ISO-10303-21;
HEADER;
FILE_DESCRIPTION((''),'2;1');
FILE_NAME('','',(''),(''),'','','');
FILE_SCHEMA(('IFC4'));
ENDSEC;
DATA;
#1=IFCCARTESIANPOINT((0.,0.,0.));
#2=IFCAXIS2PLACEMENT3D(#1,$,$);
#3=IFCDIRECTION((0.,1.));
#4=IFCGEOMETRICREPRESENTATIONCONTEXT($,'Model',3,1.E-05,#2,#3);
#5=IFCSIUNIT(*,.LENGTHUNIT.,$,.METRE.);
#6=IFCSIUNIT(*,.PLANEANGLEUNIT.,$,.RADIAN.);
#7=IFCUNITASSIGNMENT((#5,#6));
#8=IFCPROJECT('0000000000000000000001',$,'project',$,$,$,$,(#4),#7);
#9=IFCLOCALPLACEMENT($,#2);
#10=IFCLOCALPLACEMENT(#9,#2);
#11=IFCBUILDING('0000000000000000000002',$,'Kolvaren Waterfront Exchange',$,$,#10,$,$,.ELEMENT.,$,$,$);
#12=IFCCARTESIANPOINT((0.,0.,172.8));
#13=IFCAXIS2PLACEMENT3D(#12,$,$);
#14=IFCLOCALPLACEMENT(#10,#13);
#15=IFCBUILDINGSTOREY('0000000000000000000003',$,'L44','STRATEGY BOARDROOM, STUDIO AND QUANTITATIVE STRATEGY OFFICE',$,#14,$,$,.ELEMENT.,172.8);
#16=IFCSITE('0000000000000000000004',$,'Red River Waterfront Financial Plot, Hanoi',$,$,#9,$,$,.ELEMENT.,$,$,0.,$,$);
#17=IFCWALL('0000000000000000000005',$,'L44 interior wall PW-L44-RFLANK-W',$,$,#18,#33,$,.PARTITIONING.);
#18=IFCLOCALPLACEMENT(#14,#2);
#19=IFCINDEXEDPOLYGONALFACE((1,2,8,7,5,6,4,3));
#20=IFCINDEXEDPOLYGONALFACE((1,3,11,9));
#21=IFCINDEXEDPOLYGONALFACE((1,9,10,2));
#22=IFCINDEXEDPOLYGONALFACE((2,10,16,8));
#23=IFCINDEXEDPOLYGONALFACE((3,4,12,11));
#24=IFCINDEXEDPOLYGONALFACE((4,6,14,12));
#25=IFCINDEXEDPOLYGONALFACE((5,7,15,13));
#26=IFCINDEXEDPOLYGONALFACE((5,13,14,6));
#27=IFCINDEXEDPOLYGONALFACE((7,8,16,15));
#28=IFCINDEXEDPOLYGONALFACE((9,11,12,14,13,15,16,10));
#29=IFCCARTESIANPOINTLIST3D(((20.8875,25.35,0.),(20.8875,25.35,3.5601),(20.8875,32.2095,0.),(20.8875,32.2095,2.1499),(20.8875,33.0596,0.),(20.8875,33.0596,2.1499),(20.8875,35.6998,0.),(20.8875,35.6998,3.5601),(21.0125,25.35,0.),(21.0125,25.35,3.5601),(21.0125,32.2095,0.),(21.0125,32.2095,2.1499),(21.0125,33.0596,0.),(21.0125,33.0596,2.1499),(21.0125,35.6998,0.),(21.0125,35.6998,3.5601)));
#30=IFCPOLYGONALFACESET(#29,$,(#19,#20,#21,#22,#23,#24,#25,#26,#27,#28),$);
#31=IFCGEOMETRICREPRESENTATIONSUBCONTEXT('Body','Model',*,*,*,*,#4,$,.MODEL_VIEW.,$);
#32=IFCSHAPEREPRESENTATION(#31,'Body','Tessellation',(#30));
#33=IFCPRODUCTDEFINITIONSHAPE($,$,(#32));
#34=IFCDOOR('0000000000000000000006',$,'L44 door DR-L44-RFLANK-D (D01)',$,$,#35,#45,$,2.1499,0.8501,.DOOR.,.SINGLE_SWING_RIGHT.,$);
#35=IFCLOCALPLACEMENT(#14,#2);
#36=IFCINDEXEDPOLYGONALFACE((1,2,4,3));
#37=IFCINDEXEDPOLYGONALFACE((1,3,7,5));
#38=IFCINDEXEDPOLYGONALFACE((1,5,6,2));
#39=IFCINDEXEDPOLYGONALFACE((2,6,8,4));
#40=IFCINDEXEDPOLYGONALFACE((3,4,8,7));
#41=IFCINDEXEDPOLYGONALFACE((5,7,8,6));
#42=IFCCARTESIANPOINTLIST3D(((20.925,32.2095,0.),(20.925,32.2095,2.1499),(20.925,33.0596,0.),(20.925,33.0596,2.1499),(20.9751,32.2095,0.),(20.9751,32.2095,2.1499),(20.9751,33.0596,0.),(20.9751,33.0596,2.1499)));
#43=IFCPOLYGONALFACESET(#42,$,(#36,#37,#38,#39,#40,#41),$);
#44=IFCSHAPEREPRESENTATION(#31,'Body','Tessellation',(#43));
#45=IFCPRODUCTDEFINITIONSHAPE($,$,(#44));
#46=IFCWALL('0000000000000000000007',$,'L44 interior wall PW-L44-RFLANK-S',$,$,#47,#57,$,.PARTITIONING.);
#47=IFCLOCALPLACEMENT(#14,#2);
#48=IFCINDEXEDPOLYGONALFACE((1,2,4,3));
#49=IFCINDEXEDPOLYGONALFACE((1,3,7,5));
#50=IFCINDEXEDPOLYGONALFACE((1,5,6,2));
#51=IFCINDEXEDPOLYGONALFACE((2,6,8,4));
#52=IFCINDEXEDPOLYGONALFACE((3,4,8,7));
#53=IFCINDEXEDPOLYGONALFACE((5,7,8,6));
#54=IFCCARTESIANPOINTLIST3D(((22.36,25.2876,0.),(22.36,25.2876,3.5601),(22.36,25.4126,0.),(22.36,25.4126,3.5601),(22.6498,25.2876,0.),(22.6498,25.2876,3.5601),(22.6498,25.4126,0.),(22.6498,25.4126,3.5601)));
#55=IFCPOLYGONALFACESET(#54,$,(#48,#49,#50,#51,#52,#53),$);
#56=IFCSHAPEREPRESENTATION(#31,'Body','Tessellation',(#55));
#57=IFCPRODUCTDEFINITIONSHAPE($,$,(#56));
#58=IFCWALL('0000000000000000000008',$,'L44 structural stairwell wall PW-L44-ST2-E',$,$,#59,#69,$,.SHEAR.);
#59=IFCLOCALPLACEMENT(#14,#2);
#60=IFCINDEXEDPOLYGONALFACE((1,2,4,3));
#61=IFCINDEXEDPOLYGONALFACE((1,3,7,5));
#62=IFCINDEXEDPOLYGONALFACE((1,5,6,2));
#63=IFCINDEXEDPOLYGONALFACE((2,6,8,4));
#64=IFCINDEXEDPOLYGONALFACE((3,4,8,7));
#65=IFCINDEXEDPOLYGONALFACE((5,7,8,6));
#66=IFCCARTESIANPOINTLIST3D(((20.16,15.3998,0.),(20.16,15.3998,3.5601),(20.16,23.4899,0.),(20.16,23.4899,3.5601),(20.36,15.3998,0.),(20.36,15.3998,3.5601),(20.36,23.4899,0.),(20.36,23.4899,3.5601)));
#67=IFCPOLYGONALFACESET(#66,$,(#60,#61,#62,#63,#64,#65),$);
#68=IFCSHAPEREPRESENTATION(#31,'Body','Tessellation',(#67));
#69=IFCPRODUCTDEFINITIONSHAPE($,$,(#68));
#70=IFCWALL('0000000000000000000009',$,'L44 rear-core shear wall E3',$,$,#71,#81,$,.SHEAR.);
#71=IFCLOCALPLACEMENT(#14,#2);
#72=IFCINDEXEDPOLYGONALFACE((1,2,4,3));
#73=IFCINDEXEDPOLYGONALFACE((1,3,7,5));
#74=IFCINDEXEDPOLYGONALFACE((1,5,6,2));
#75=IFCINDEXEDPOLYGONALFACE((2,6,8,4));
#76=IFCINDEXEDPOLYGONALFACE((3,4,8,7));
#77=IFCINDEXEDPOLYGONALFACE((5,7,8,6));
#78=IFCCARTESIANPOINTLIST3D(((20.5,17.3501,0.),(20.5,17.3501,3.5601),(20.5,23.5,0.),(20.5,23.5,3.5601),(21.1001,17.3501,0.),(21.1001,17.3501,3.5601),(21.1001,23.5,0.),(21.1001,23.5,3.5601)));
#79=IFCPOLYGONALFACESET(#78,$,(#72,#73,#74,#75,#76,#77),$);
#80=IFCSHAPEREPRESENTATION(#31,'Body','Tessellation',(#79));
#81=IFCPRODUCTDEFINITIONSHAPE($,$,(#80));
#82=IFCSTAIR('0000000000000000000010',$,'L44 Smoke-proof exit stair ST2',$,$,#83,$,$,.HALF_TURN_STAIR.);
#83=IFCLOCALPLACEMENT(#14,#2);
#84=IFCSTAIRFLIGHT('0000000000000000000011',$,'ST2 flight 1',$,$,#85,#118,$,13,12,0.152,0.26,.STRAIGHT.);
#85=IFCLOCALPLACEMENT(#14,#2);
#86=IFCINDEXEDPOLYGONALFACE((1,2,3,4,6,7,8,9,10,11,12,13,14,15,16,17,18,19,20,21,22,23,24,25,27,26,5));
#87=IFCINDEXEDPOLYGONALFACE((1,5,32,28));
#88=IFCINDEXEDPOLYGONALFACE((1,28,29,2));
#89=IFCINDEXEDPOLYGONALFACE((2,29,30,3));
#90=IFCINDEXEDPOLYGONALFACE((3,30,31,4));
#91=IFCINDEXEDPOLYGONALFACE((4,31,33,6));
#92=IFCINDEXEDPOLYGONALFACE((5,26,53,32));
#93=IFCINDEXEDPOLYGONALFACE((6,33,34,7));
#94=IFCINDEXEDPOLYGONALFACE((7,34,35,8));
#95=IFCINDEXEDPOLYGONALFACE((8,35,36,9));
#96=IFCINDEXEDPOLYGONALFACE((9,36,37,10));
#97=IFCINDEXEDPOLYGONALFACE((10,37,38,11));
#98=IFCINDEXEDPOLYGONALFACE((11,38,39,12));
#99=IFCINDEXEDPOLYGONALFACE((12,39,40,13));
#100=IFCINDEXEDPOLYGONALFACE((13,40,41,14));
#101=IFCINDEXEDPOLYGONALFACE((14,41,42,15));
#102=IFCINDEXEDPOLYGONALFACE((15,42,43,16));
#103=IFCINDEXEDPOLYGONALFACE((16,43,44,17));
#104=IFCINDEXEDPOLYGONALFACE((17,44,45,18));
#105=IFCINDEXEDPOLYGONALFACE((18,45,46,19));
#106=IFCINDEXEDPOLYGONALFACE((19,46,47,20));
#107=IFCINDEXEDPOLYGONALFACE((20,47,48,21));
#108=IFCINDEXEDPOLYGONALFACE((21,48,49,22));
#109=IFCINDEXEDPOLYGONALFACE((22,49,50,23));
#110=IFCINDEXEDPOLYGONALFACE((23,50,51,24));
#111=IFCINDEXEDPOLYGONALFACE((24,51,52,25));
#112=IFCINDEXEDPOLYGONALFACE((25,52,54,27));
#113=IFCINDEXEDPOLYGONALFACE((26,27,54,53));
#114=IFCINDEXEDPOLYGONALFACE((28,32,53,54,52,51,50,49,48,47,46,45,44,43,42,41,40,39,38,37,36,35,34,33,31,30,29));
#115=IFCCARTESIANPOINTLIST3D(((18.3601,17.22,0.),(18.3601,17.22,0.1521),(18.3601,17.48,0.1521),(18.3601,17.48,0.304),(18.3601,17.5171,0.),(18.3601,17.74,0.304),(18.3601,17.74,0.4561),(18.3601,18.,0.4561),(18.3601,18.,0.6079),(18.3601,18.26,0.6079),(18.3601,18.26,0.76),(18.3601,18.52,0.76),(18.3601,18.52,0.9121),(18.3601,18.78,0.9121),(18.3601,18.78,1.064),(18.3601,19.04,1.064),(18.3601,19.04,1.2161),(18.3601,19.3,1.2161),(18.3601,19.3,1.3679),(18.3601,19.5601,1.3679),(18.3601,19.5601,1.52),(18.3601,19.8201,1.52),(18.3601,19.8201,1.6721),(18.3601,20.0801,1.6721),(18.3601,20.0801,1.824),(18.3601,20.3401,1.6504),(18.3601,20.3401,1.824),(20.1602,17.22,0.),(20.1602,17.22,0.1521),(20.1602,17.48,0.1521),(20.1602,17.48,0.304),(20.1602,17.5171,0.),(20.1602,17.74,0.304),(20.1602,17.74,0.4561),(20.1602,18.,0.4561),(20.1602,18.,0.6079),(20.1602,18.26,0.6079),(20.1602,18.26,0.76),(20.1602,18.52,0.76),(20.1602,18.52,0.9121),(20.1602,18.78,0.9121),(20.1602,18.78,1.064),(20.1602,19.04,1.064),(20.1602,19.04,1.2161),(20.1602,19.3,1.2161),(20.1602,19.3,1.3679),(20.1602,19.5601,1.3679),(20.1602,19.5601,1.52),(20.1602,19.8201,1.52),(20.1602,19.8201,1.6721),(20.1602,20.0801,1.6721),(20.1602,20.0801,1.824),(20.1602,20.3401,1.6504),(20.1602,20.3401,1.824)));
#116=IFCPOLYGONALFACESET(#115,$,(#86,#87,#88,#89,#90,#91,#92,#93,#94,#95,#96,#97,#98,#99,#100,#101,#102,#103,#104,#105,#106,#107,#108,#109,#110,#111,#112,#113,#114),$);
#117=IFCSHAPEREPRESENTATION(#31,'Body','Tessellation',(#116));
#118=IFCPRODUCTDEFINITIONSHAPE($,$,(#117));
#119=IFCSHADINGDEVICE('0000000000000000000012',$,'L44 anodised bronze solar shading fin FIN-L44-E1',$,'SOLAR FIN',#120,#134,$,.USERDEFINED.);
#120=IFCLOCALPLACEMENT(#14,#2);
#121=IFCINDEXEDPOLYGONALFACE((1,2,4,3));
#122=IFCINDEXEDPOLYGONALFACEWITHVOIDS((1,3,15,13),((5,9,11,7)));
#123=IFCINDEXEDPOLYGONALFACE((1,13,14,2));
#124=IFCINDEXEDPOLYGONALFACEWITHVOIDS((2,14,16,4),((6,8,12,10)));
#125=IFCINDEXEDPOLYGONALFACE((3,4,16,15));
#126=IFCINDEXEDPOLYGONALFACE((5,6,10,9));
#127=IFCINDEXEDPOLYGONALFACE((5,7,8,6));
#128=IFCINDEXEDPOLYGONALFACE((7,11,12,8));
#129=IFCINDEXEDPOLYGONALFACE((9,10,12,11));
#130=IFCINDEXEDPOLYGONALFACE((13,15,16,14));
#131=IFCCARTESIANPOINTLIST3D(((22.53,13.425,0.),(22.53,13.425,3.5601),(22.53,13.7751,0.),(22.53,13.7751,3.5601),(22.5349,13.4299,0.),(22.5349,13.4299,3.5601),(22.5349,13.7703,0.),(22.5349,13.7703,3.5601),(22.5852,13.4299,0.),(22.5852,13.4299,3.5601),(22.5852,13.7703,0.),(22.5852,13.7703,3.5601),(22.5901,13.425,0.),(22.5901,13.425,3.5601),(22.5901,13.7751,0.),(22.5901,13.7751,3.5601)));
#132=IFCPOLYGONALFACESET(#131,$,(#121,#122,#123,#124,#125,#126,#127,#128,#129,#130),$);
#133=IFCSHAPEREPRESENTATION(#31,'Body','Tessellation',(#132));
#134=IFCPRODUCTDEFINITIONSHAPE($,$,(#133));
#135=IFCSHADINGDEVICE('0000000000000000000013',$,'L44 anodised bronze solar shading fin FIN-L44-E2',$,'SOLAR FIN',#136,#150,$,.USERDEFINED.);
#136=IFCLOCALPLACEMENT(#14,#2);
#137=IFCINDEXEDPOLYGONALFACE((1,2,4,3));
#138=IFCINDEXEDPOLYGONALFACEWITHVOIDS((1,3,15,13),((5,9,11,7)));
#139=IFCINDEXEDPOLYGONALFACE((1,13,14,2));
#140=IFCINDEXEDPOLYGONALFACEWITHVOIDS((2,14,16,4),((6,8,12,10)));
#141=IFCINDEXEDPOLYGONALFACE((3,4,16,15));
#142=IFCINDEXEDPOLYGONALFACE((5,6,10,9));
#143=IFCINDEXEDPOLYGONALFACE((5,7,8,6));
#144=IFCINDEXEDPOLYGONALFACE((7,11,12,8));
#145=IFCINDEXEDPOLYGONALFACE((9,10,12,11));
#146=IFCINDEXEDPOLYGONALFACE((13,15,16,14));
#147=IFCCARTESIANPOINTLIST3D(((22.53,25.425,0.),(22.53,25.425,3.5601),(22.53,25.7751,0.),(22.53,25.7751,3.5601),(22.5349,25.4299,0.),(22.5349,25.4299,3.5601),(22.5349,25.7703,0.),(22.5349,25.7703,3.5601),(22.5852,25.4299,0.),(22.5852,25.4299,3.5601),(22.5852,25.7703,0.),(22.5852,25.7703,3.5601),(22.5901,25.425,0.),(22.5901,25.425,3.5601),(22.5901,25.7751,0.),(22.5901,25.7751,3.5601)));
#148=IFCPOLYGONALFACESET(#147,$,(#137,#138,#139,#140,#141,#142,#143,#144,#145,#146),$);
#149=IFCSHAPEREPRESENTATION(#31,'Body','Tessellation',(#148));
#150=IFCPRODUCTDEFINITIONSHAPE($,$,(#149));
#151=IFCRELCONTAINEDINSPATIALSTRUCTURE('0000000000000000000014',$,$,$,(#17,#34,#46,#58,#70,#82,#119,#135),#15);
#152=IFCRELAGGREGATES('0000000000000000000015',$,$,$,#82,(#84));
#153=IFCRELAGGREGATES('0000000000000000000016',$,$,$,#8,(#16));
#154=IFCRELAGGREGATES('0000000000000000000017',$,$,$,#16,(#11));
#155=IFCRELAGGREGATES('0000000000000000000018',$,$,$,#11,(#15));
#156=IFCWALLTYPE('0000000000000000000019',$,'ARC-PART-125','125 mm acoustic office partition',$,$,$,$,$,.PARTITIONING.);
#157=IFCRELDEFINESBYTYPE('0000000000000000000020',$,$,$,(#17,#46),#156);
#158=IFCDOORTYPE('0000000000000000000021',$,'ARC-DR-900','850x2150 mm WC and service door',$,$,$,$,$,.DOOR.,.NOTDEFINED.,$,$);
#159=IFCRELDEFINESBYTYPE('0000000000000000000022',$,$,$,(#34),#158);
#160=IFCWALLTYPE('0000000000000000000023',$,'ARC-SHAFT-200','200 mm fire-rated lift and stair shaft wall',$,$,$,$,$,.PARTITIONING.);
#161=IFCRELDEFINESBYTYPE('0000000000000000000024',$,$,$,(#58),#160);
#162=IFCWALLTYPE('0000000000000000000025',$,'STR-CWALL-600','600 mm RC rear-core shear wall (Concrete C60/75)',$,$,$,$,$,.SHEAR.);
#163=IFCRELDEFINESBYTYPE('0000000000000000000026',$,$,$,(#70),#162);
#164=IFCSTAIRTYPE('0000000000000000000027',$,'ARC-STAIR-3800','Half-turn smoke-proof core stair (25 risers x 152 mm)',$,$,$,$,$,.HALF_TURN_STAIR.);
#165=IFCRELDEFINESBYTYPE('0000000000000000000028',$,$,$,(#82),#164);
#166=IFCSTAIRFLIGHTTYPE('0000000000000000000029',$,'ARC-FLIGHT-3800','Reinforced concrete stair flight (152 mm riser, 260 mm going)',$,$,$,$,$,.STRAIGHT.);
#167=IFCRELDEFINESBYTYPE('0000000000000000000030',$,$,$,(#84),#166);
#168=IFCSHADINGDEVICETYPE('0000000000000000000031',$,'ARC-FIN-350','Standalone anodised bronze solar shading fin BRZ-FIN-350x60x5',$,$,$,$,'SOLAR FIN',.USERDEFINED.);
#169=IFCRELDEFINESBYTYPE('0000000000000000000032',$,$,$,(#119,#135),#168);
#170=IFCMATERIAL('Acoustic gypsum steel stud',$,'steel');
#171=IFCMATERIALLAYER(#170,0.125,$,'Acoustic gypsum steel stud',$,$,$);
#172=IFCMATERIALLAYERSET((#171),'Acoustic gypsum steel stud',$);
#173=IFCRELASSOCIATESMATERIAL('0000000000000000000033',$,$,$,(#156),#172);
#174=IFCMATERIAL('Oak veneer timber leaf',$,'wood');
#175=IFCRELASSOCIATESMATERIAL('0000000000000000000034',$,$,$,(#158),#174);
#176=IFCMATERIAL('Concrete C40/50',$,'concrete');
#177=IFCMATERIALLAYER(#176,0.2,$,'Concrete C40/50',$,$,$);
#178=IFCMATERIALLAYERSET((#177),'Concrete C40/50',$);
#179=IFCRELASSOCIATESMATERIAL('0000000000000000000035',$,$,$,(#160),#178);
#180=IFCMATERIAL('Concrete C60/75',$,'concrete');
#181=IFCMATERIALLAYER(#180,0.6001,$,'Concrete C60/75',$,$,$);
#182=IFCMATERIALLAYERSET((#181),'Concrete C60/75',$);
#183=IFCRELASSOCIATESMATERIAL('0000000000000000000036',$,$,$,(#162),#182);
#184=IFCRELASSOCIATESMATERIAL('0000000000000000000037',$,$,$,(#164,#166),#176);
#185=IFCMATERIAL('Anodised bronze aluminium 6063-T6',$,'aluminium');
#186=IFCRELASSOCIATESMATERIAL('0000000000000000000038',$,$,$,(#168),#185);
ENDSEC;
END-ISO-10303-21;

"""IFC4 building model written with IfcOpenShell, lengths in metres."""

from ifc_helpers import new_model, si_unit, direction, frame, frame_2d, origin, origin_2d, place, context, subcontext, project, spatial, polyline, rectangle, hollow_rectangle, outline, extrude, material, layer, layer_set, material_profile, profile_set, type_object, element, fill, aggregate, save


model = new_model("IFC4")

# Units and contexts
model_context = context("Model", 3, precision=1e-05, world=origin(), true_north=direction((0.0, 1.0)))
body_context = subcontext(model_context, "Body", "Model", "MODEL_VIEW")
ifc_project = project(units=[si_unit("LENGTHUNIT", "METRE"), si_unit("PLANEANGLEUNIT", "RADIAN")], contexts=[model_context])

# Site, building, storey
site_placement = place(None, origin())
site = spatial("IfcSite", under=ifc_project, at=site_placement, Name="Red River Waterfront Financial Plot, Hanoi", CompositionType="ELEMENT", RefElevation=0.0)
building_placement = place(site_placement, origin())
building = spatial("IfcBuilding", under=site, at=building_placement, Name="Kolvaren Waterfront Exchange", CompositionType="ELEMENT")
storey_placement = place(building_placement, frame((0.0, 0.0, 172.8)))
storey = spatial("IfcBuildingStorey", under=building, at=storey_placement, Name="L44", Description="STRATEGY BOARDROOM, STUDIO AND QUANTITATIVE STRATEGY OFFICE", CompositionType="ELEMENT", Elevation=172.8)

# Shared definitions
ifc_material_1 = material(Name="Concrete C60/75", Category="concrete")

# Shared definitions
ifc_material_2 = material(Name="Anodised bronze aluminium 6063-T6", Category="aluminium")

# Wall, opening, door
ifc_material_3 = material(Name="Acoustic gypsum steel stud", Category="steel")
ifc_layer_1 = layer(ifc_material_3, 0.125, Name="Acoustic gypsum steel stud")
ifc_layer_set_1 = layer_set([ifc_layer_1], Name="Acoustic gypsum steel stud")
wall_type_1 = type_object("IfcWallType", Name="ARC-PART-125", Description="125 mm acoustic office partition", PredefinedType="PARTITIONING", material=ifc_layer_set_1)
wall_1_placement = place(storey_placement, frame((20.95, 25.3501, 0.0), z_axis=(0.0, 0.0, 1.0), x_axis=(0.0, 1.0, 0.0)))
wall_1 = element("IfcWall", 1, at=wall_1_placement, inside=storey, type_object=wall_type_1, Name="L44 interior wall PW-L44-RFLANK-W", PredefinedType="PARTITIONING", context=body_context, shape_type="SweptSolid", body=[
    extrude(rectangle(XDim=10.3499, YDim=0.125, at=frame_2d((5.1748, 0.0))), origin(), (0.0, 0.0, 1.0), 3.5601),
])
opening_1_placement = place(wall_1_placement, frame((6.8594, 0.0, 0.0)))
opening_1 = element("IfcOpeningElement", 2, at=opening_1_placement, cuts=wall_1, PredefinedType="OPENING", context=body_context, shape_type="SweptSolid", body=[
    extrude(rectangle(XDim=0.8501, YDim=2.1499, at=frame_2d((0.425, 1.075))), frame((0.0, 0.0725, 0.0), z_axis=(0.0, -1.0, 0.0), x_axis=(1.0, 0.0, 0.0)), (0.0, 0.0, 1.0), 0.145),
])
ifc_material_4 = material(Name="Oak veneer timber leaf", Category="wood")
door_type_1 = type_object("IfcDoorType", Name="ARC-DR-900", Description="850x2150 mm WC and service door", OperationType="NOTDEFINED", PredefinedType="DOOR", material=ifc_material_4)
door_1_placement = place(opening_1_placement, origin())
door_1 = element("IfcDoor", 3, at=door_1_placement, inside=storey, type_object=door_type_1, Name="L44 door DR-L44-RFLANK-D (D01)", OperationType="SINGLE_SWING_RIGHT", OverallHeight=2.1499, OverallWidth=0.8501, PredefinedType="DOOR", context=body_context, shape_type="SweptSolid", body=[
    extrude(rectangle(XDim=0.8501, YDim=2.1499, at=frame_2d((0.425, 1.075))), frame((0.0, 0.0249, 0.0), z_axis=(0.0, -1.0, 0.0), x_axis=(1.0, 0.0, 0.0)), (0.0, 0.0, 1.0), 0.05),
])
fill(opening_1, door_1)

# Walls
wall_2_placement = place(storey_placement, frame((22.6499, 25.3501, 0.0), z_axis=(0.0, 0.0, 1.0), x_axis=(-1.0, 0.0, 0.0)))
element("IfcWall", 4, at=wall_2_placement, inside=storey, type_object=wall_type_1, Name="L44 interior wall PW-L44-RFLANK-S", PredefinedType="PARTITIONING", context=body_context, shape_type="SweptSolid", body=[
    extrude(rectangle(XDim=0.2898, YDim=0.125, at=frame_2d((0.145, 0.0))), origin(), (0.0, 0.0, 1.0), 3.5601),
])
ifc_material_5 = material(Name="Concrete C40/50", Category="concrete")
ifc_layer_2 = layer(ifc_material_5, 0.2, Name="Concrete C40/50")
ifc_layer_set_2 = layer_set([ifc_layer_2], Name="Concrete C40/50")
wall_type_2 = type_object("IfcWallType", Name="ARC-SHAFT-200", Description="200 mm fire-rated lift and stair shaft wall", PredefinedType="PARTITIONING", material=ifc_layer_set_2)
wall_3_placement = place(storey_placement, frame((20.26, 15.3999, 0.0), z_axis=(0.0, 0.0, 1.0), x_axis=(0.0, 1.0, 0.0)))
element("IfcWall", 5, at=wall_3_placement, inside=storey, type_object=wall_type_2, Name="L44 structural stairwell wall PW-L44-ST2-E", PredefinedType="SHEAR", context=body_context, shape_type="SweptSolid", body=[
    extrude(rectangle(XDim=8.0901, YDim=0.2, at=frame_2d((4.0449, 0.0))), origin(), (0.0, 0.0, 1.0), 3.5601),
])
ifc_layer_3 = layer(ifc_material_1, 0.6001, Name="Concrete C60/75")
ifc_layer_set_3 = layer_set([ifc_layer_3], Name="Concrete C60/75")
wall_type_3 = type_object("IfcWallType", Name="STR-CWALL-600", Description="600 mm RC rear-core shear wall (Concrete C60/75)", PredefinedType="SHEAR", material=ifc_layer_set_3)
wall_4_placement = place(storey_placement, frame((20.8, 17.3501, 0.0), z_axis=(0.0, 0.0, 1.0), x_axis=(0.0, 1.0, 0.0)))
element("IfcWall", 6, at=wall_4_placement, inside=storey, type_object=wall_type_3, Name="L44 rear-core shear wall E3", PredefinedType="SHEAR", context=body_context, shape_type="SweptSolid", body=[
    extrude(rectangle(XDim=6.1499, YDim=0.6001, at=frame_2d((3.075, 0.0))), origin(), (0.0, 0.0, 1.0), 3.5601),
])

# Stair, stair flight
stair_type = type_object("IfcStairType", Name="ARC-STAIR-3800", Description="Half-turn smoke-proof core stair (25 risers x 152 mm)", PredefinedType="HALF_TURN_STAIR", material=ifc_material_5)
stair_placement = place(storey_placement, origin())
stair = element("IfcStair", 7, at=stair_placement, inside=storey, type_object=stair_type, Name="L44 Smoke-proof exit stair ST2", PredefinedType="HALF_TURN_STAIR")
stair_flight_type = type_object("IfcStairFlightType", Name="ARC-FLIGHT-3800", Description="Reinforced concrete stair flight (152 mm riser, 260 mm going)", PredefinedType="STRAIGHT", material=ifc_material_5)
stair_flight_placement = place(storey_placement, frame((19.26, 17.22, 0.0), z_axis=(0.0, 0.0, 1.0), x_axis=(0.0, 1.0, 0.0)))
stair_flight = element("IfcStairFlight", 8, at=stair_flight_placement, type_object=stair_flight_type, Name="ST2 flight 1", NumberOfRisers=13, NumberOfTreads=12, PredefinedType="STRAIGHT", RiserHeight=0.152, TreadLength=0.26, context=body_context, shape_type="SweptSolid", body=[
    extrude(outline(polyline([(0.0, 0.0), (0.0, 0.1521), (0.26, 0.1521), (0.26, 0.304), (0.52, 0.304), (0.52, 0.4561), (0.78, 0.4561), (0.78, 0.6079), (1.04, 0.6079), (1.04, 0.76), (1.3, 0.76), (1.3, 0.9121), (1.5601, 0.9121), (1.5601, 1.064), (1.8201, 1.064), (1.8201, 1.2161), (2.0801, 1.2161), (2.0801, 1.3679), (2.3401, 1.3679), (2.3401, 1.52), (2.6001, 1.52), (2.6001, 1.6721), (2.8601, 1.6721), (2.8601, 1.824), (3.1201, 1.824), (3.1201, 1.9761), (3.1201, 1.6504), (0.2971, 0.0), (0.0, 0.0)])), frame((0.0, 0.8999, 0.0), z_axis=(0.0, -1.0, 0.0), x_axis=(1.0, 0.0, 0.0)), (0.0, 0.0, 1.0), 1.8),
])
aggregate(stair, [stair_flight])

# Shading devices
ifc_material_profile_1 = material_profile(ifc_material_2, hollow_rectangle(XDim=0.0601, YDim=0.3501, WallThickness=0.0049, at=origin_2d()), Name="BRZ-FIN-350x60x5")
ifc_profile_set_1 = profile_set([ifc_material_profile_1], Name="Anodised bronze aluminium 6063-T6")
shading_device_type = type_object("IfcShadingDeviceType", Name="ARC-FIN-350", Description="Standalone anodised bronze solar shading fin BRZ-FIN-350x60x5", ElementType="SOLAR FIN", PredefinedType="USERDEFINED", material=ifc_profile_set_1)
for number, where, z_axis, x_axis, name in (
    (9, (22.5601, 13.6001, 0.0), (0.0, 0.0, 1.0), (1.0, 0.0, 0.0), "L44 anodised bronze solar shading fin FIN-L44-E1"),
    (10, (22.5601, 25.6001, 0.0), (0.0, 0.0, 1.0), (1.0, 0.0, 0.0), "L44 anodised bronze solar shading fin FIN-L44-E2"),
):
    element("IfcShadingDevice", number, at=place(storey_placement, frame(where, z_axis=z_axis, x_axis=x_axis)), inside=storey, type_object=shading_device_type, Name=name, ObjectType="SOLAR FIN", PredefinedType="USERDEFINED", context=body_context, shape_type="SweptSolid", body=[
        extrude(hollow_rectangle(XDim=0.0601, YDim=0.3501, WallThickness=0.0049, at=origin_2d()), origin(), (0.0, 0.0, 1.0), 3.5601),
    ])

save(model, "model.ifc")
